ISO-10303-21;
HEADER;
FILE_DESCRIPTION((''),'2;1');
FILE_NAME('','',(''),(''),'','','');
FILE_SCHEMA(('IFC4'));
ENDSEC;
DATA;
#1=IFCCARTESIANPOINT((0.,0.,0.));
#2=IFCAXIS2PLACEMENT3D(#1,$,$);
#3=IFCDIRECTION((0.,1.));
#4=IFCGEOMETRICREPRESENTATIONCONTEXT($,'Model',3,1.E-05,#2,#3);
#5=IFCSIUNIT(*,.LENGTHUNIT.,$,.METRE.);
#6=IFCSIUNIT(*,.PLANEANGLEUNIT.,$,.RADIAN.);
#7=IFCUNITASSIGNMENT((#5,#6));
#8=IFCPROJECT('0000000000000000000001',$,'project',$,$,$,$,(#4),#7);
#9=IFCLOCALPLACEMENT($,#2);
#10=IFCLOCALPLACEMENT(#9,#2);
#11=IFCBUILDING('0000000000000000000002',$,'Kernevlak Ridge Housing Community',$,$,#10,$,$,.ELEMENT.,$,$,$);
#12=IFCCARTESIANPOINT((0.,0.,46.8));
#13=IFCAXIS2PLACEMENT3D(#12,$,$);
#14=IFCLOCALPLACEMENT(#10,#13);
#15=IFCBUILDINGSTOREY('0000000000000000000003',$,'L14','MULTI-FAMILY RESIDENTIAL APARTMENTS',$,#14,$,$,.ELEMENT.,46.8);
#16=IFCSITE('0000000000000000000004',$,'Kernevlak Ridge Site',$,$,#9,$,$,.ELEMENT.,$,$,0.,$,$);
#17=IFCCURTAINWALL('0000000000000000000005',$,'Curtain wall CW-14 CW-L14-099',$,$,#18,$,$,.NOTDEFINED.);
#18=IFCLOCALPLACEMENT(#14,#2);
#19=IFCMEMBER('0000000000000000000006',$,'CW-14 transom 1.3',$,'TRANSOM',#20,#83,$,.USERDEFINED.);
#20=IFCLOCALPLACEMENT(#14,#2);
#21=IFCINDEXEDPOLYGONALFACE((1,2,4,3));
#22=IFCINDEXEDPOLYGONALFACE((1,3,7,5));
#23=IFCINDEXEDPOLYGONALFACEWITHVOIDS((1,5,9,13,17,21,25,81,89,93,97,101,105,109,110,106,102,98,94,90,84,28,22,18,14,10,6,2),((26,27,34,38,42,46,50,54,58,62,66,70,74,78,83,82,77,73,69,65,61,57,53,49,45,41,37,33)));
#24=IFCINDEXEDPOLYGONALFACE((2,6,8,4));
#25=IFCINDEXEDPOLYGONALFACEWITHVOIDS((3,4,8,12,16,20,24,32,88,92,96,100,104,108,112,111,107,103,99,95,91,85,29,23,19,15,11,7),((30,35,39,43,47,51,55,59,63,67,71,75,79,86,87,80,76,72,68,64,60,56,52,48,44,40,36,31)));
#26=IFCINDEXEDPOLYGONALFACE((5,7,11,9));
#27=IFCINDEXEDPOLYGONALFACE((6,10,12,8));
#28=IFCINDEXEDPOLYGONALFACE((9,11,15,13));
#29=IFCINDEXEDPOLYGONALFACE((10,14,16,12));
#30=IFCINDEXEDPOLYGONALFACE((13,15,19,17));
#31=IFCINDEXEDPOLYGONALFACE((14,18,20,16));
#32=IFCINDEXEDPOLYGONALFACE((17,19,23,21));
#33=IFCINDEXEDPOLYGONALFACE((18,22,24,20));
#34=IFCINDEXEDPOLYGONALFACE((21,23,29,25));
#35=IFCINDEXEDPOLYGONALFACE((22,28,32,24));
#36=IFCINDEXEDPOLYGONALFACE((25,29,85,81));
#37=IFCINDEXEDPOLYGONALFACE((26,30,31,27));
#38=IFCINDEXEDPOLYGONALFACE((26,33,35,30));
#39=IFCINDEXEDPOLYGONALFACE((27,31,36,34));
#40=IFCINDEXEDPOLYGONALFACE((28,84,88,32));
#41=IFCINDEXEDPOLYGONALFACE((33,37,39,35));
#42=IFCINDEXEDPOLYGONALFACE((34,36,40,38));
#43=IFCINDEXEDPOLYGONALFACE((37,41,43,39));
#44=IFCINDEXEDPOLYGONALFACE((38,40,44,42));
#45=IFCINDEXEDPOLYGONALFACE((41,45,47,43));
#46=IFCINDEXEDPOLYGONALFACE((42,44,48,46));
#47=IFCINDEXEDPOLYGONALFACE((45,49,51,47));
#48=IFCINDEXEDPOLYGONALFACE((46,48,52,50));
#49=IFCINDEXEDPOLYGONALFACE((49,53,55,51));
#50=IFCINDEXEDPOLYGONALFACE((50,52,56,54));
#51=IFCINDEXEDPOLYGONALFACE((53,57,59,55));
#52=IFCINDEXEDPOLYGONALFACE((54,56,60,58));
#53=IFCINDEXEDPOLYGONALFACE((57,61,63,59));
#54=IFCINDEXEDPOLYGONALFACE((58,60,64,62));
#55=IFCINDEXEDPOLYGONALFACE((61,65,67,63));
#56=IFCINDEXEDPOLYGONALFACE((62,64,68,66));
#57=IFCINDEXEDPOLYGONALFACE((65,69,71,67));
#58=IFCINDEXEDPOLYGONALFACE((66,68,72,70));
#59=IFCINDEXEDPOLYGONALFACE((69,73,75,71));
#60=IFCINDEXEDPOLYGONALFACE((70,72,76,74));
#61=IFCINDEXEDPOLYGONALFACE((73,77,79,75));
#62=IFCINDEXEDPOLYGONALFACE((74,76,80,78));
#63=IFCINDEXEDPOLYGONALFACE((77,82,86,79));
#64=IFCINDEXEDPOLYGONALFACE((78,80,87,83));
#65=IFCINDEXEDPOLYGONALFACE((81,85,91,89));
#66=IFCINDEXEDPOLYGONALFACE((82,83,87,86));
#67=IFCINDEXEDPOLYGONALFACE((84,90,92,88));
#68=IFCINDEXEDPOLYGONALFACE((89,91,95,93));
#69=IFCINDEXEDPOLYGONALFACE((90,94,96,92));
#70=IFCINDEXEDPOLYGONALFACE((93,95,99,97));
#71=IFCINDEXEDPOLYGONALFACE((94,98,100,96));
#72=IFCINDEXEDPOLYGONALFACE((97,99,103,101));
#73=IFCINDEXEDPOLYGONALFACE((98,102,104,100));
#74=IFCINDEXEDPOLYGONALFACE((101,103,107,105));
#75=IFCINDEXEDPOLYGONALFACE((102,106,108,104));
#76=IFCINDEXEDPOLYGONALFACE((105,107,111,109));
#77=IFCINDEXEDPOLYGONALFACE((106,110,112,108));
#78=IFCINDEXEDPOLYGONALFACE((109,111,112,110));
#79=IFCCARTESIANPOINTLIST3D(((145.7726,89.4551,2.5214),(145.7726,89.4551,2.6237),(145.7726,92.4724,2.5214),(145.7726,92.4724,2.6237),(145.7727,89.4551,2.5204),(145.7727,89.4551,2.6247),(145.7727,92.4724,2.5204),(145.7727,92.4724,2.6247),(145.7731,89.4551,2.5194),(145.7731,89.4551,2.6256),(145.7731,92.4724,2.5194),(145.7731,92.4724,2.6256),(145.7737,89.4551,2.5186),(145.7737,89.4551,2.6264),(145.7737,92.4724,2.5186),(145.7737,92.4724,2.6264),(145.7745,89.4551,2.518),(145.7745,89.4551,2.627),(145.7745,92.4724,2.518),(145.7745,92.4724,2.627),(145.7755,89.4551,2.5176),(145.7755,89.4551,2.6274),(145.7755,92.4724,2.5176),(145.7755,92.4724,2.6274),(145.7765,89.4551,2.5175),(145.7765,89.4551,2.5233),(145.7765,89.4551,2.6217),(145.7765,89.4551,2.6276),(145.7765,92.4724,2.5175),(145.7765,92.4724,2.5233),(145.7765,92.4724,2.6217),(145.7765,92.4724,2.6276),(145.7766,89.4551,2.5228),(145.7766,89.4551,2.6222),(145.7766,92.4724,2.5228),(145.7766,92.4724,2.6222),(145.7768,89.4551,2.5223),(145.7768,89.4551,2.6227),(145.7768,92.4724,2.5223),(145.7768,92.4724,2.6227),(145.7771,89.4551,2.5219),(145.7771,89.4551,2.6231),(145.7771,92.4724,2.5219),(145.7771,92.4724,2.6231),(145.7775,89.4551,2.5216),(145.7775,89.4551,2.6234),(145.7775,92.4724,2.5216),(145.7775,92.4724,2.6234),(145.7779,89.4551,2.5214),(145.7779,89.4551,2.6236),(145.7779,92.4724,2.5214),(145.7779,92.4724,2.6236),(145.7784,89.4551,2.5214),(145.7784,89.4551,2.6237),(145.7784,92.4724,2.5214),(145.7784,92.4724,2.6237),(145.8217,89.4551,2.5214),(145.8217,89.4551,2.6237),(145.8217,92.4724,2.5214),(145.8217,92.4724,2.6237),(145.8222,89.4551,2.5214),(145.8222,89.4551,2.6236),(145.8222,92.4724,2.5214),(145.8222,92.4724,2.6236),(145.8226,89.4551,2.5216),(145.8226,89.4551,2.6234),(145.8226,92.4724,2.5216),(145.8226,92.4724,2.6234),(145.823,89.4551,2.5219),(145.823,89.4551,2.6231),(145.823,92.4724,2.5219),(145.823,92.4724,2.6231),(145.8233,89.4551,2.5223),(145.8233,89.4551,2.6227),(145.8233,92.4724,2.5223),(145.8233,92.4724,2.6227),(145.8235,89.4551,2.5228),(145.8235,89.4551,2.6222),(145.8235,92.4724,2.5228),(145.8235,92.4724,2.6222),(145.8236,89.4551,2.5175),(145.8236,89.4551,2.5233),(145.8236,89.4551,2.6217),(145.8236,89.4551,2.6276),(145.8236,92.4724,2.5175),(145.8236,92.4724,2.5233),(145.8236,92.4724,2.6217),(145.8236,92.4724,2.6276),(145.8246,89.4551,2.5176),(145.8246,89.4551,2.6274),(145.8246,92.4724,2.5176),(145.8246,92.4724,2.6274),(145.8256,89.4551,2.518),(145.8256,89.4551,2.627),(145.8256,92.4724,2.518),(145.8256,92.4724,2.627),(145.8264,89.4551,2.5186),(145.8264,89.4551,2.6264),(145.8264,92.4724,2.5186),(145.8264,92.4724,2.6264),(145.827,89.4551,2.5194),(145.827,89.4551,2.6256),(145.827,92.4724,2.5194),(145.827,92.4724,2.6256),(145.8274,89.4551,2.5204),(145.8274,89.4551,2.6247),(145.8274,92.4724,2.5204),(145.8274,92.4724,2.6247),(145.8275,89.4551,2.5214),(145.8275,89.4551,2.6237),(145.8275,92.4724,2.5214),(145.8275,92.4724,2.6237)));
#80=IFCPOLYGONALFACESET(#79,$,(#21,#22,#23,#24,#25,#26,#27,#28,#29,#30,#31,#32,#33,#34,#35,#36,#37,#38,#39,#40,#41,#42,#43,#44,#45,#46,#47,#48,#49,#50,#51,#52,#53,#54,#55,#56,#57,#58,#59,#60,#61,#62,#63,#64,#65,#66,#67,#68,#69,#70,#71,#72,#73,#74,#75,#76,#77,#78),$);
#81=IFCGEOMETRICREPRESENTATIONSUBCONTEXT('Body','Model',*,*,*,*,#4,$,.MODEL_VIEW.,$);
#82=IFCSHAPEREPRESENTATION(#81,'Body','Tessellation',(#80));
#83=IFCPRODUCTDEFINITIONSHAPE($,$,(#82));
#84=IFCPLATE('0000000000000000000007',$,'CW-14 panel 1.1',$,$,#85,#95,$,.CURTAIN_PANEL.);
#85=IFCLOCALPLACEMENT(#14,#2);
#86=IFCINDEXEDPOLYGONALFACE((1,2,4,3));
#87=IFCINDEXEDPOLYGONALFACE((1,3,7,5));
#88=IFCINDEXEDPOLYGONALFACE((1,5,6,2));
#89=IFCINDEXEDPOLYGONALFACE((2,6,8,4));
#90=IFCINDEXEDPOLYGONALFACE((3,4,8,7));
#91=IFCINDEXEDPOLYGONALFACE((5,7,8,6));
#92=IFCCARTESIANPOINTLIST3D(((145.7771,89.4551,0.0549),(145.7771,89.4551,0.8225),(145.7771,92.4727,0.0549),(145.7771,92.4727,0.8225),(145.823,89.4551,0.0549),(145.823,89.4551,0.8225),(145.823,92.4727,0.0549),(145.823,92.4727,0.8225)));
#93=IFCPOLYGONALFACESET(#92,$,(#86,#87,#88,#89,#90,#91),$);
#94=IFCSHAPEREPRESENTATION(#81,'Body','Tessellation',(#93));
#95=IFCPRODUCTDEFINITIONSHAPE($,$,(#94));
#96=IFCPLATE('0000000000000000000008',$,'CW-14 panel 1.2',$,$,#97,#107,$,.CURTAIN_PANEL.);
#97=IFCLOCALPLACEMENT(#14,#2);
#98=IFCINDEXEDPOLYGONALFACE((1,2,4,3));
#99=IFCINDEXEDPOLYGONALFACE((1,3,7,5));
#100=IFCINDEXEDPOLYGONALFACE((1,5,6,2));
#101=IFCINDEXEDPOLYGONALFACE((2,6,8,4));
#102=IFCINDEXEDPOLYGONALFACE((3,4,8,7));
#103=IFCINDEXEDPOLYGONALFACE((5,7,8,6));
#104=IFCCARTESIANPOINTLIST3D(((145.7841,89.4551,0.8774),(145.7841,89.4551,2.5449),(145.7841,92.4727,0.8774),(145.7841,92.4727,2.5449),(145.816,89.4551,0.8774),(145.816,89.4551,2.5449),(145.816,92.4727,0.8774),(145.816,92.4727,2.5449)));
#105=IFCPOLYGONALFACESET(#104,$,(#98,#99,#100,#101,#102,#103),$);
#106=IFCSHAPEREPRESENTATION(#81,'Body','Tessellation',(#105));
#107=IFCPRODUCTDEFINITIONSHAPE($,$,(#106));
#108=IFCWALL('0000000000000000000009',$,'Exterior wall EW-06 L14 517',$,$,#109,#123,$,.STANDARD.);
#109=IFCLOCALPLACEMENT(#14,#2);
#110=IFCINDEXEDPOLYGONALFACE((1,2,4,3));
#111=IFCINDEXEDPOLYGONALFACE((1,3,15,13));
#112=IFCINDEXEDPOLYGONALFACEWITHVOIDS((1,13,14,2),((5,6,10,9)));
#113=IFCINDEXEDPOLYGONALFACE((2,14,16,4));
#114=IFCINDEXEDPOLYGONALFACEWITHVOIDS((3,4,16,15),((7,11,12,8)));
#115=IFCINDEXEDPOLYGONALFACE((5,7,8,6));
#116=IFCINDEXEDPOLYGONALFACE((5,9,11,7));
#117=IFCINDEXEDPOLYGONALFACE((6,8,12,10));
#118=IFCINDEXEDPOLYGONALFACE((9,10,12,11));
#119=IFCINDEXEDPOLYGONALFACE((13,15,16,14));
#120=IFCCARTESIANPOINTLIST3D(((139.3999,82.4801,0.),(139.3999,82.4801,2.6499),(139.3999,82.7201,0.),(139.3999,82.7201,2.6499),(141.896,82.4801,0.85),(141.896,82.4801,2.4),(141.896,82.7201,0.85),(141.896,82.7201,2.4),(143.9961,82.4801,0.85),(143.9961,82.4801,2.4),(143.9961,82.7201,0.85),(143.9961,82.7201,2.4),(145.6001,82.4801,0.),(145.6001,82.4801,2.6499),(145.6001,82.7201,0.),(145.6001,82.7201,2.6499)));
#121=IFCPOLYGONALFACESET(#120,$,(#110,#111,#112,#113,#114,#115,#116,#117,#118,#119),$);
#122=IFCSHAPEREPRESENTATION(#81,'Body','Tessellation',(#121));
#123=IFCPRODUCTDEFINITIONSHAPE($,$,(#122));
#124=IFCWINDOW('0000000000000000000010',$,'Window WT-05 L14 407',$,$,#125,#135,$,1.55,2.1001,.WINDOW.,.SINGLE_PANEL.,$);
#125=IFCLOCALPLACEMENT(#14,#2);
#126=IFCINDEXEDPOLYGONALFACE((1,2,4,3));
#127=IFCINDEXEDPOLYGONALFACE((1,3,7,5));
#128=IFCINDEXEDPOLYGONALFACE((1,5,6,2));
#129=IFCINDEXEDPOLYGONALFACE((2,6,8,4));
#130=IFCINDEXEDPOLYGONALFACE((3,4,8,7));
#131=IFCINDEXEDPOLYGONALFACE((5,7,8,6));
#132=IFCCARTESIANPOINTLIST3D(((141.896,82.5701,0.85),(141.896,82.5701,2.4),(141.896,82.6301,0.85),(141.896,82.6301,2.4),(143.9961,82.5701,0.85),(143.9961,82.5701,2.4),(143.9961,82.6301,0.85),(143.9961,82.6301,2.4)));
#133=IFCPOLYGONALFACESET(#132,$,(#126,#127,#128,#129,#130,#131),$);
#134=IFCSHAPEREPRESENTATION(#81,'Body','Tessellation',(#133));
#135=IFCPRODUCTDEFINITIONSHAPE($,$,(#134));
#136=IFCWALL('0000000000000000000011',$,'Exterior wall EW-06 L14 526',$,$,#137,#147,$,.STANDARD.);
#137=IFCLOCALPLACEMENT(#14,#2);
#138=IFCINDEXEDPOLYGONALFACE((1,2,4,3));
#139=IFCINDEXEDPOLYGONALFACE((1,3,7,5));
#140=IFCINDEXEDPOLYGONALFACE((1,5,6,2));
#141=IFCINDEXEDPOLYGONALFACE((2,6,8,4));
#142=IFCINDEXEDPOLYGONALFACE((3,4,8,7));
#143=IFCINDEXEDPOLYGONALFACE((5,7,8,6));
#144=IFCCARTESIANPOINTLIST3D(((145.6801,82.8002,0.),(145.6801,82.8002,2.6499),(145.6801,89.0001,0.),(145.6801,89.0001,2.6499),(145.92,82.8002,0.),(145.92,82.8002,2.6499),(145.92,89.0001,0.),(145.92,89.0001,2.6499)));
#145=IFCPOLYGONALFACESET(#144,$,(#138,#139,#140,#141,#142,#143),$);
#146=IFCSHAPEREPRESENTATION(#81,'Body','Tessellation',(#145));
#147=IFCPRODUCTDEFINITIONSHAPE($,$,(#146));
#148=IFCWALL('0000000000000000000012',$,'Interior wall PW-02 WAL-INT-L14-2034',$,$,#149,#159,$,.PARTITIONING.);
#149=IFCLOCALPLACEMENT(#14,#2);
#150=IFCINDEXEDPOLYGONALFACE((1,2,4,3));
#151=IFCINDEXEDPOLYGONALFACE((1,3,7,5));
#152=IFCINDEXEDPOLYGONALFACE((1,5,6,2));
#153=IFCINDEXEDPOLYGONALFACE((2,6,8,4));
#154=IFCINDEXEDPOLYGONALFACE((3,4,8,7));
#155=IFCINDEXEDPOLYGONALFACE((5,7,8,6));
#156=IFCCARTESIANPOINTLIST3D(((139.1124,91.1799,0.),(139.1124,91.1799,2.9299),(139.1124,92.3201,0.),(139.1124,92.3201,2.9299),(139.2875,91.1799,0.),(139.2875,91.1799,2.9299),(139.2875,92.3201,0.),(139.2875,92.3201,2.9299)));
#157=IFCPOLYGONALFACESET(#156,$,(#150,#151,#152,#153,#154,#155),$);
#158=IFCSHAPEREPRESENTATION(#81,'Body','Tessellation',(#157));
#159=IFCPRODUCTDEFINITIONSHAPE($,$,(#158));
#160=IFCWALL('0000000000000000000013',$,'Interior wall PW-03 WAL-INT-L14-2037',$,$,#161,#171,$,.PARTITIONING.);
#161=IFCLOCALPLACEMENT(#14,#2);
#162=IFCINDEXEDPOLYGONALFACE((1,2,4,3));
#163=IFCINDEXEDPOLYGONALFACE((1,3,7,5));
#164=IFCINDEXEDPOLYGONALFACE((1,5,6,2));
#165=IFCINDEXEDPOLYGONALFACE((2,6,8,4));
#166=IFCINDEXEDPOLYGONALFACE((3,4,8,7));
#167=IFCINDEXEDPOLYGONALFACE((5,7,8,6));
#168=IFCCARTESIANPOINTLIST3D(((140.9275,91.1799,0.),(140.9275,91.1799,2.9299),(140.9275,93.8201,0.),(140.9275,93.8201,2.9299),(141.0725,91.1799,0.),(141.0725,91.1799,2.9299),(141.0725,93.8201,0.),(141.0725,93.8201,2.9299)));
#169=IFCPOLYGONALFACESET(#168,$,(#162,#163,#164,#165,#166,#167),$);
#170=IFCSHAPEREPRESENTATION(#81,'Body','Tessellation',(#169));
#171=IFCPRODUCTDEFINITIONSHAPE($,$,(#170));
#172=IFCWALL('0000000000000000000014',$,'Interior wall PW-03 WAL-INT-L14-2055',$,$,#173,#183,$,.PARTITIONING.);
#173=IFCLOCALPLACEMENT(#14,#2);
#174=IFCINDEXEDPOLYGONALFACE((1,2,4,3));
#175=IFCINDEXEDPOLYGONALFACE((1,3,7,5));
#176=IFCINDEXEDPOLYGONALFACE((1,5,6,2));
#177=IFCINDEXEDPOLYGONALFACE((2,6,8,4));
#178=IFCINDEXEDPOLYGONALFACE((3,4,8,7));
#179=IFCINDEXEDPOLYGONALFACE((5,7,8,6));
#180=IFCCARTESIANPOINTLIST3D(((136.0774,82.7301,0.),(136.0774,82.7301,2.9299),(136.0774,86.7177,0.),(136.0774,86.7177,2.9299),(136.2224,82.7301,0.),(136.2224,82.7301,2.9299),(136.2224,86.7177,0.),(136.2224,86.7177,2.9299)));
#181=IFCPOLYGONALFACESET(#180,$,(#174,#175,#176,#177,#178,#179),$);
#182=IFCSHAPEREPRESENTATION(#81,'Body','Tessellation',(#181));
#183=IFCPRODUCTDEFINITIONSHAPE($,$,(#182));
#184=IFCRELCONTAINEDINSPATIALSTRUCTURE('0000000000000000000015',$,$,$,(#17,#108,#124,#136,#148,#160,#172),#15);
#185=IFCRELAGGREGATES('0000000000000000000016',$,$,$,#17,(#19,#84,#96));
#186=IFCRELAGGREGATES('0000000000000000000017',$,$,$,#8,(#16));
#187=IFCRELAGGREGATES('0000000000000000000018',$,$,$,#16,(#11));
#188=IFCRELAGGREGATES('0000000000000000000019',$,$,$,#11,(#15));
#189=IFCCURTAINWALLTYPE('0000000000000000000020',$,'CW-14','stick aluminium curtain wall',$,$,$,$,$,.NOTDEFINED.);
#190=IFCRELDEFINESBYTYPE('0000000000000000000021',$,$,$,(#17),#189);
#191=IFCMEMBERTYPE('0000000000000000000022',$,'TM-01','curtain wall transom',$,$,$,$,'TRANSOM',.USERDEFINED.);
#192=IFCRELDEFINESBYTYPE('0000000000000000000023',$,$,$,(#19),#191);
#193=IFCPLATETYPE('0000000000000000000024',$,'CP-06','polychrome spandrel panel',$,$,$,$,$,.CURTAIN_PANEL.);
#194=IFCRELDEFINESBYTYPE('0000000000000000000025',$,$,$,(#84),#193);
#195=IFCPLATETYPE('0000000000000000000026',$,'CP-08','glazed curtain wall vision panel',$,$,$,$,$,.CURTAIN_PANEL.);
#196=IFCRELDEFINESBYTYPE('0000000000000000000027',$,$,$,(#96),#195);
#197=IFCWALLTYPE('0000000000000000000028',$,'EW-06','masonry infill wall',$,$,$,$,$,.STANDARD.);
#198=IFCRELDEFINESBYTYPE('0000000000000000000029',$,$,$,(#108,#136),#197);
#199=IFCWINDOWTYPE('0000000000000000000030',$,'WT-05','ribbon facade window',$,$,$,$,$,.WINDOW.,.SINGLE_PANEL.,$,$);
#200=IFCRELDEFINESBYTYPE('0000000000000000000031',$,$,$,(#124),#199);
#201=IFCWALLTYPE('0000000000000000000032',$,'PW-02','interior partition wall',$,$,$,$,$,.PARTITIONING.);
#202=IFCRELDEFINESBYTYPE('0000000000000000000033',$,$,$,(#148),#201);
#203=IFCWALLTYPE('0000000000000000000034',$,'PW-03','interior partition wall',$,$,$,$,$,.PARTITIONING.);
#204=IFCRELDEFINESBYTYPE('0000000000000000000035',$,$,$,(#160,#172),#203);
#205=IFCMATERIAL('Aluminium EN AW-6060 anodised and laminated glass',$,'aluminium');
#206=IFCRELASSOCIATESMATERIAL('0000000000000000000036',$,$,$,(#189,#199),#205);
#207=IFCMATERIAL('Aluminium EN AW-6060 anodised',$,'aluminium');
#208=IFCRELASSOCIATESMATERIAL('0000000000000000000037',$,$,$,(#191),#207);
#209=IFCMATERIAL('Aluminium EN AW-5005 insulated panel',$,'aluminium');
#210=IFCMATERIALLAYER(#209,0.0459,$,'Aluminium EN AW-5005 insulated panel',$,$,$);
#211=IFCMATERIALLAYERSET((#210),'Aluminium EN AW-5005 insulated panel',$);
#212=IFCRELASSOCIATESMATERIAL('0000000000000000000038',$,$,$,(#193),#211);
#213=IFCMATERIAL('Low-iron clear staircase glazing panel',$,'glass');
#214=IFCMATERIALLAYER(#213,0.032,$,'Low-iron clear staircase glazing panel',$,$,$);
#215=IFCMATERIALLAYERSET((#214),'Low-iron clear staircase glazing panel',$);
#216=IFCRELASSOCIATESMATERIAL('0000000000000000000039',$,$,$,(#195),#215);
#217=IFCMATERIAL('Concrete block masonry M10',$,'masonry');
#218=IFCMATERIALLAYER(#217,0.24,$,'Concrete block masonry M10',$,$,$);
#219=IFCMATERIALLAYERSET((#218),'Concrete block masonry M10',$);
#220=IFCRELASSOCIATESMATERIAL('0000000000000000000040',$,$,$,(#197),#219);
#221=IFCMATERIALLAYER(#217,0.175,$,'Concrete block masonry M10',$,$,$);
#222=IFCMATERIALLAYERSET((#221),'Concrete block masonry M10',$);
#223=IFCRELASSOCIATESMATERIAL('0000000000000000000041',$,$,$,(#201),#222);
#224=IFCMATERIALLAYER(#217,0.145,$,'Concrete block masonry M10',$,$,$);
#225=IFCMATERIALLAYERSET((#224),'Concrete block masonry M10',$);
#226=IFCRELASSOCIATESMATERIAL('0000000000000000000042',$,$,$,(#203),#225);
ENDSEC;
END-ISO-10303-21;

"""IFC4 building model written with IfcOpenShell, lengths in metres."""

from ifc_helpers import new_model, si_unit, direction, frame, frame_2d, origin, origin_2d, place, context, subcontext, project, spatial, rectangle, hollow_rectangle, extrude, material, layer, layer_set, material_profile, profile_set, type_object, element, fill, aggregate, save


model = new_model("IFC4")

# Units and contexts
model_context = context("Model", 3, precision=1e-05, world=origin(), true_north=direction((0.0, 1.0)))
body_context = subcontext(model_context, "Body", "Model", "MODEL_VIEW")
ifc_project = project(units=[si_unit("LENGTHUNIT", "METRE"), si_unit("PLANEANGLEUNIT", "RADIAN")], contexts=[model_context])

# Site, building, storey
site_placement = place(None, origin())
site = spatial("IfcSite", under=ifc_project, at=site_placement, Name="Kernevlak Ridge Site", CompositionType="ELEMENT", RefElevation=0.0)
building_placement = place(site_placement, origin())
building = spatial("IfcBuilding", under=site, at=building_placement, Name="Kernevlak Ridge Housing Community", CompositionType="ELEMENT")
storey_placement = place(building_placement, frame((0.0, 0.0, 46.8)))
storey = spatial("IfcBuildingStorey", under=building, at=storey_placement, Name="L14", Description="MULTI-FAMILY RESIDENTIAL APARTMENTS", CompositionType="ELEMENT", Elevation=46.8)

# Curtain wall
ifc_material_1 = material(Name="Aluminium EN AW-6060 anodised and laminated glass", Category="aluminium")
curtain_wall_type = type_object("IfcCurtainWallType", Name="CW-14", Description="stick aluminium curtain wall", PredefinedType="NOTDEFINED", material=ifc_material_1)
curtain_wall_placement = place(storey_placement, origin())
curtain_wall = element("IfcCurtainWall", 1, at=curtain_wall_placement, inside=storey, type_object=curtain_wall_type, Name="Curtain wall CW-14 CW-L14-099", PredefinedType="NOTDEFINED")
ifc_material_2 = material(Name="Aluminium EN AW-6060 anodised", Category="aluminium")

# Member
ifc_material_profile_1 = material_profile(ifc_material_2, hollow_rectangle(XDim=0.0549, YDim=0.1101, WallThickness=0.0039, InnerFilletRadius=0.002, OuterFilletRadius=0.0039, at=origin_2d()), Name="ALU 55x110x4")
ifc_profile_set_1 = profile_set([ifc_material_profile_1], Name="Aluminium EN AW-6060 anodised")
member_type_1 = type_object("IfcMemberType", Name="TM-01", Description="curtain wall transom", ElementType="TRANSOM", PredefinedType="USERDEFINED", material=ifc_profile_set_1)
member_1_placement = place(storey_placement, frame((145.8, 89.4551, 2.5725), z_axis=(0.0, 1.0, 0.0), x_axis=(-1.0, 0.0, 0.0)))
member_1 = element("IfcMember", 2, at=member_1_placement, type_object=member_type_1, Name="CW-14 transom 1.3", ObjectType="TRANSOM", PredefinedType="USERDEFINED", context=body_context, shape_type="SweptSolid", body=[
    extrude(hollow_rectangle(XDim=0.0549, YDim=0.1101, WallThickness=0.0039, InnerFilletRadius=0.002, OuterFilletRadius=0.0039, at=origin_2d()), origin(), (0.0, 0.0, 1.0), 3.0173),
])

# Plates
ifc_material_3 = material(Name="Aluminium EN AW-5005 insulated panel", Category="aluminium")
ifc_layer_1 = layer(ifc_material_3, 0.0459, Name="Aluminium EN AW-5005 insulated panel")
ifc_layer_set_1 = layer_set([ifc_layer_1], Name="Aluminium EN AW-5005 insulated panel")
plate_type_1 = type_object("IfcPlateType", Name="CP-06", Description="polychrome spandrel panel", PredefinedType="CURTAIN_PANEL", material=ifc_layer_set_1)
plate_1_placement = place(storey_placement, frame((145.8, 90.9639, 0.0549), z_axis=(0.0, 0.0, 1.0), x_axis=(0.0, 1.0, 0.0)))
plate_1 = element("IfcPlate", 3, at=plate_1_placement, type_object=plate_type_1, Name="CW-14 panel 1.1", PredefinedType="CURTAIN_PANEL", context=body_context, shape_type="SweptSolid", body=[
    extrude(rectangle(XDim=3.0176, YDim=0.0459, at=origin_2d()), origin(), (0.0, 0.0, 1.0), 0.7676),
])
ifc_material_4 = material(Name="Low-iron clear staircase glazing panel", Category="glass")
ifc_layer_2 = layer(ifc_material_4, 0.032, Name="Low-iron clear staircase glazing panel")
ifc_layer_set_2 = layer_set([ifc_layer_2], Name="Low-iron clear staircase glazing panel")
plate_type_2 = type_object("IfcPlateType", Name="CP-08", Description="glazed curtain wall vision panel", PredefinedType="CURTAIN_PANEL", material=ifc_layer_set_2)
plate_2_placement = place(storey_placement, frame((145.8, 90.9639, 0.8774), z_axis=(0.0, 0.0, 1.0), x_axis=(0.0, 1.0, 0.0)))
plate_2 = element("IfcPlate", 4, at=plate_2_placement, type_object=plate_type_2, Name="CW-14 panel 1.2", PredefinedType="CURTAIN_PANEL", context=body_context, shape_type="SweptSolid", body=[
    extrude(rectangle(XDim=3.0176, YDim=0.032, at=origin_2d()), origin(), (0.0, 0.0, 1.0), 1.6675),
])
aggregate(curtain_wall, [member_1, plate_1, plate_2])

# Wall, opening, window
ifc_material_5 = material(Name="Concrete block masonry M10", Category="masonry")
ifc_layer_3 = layer(ifc_material_5, 0.24, Name="Concrete block masonry M10")
ifc_layer_set_3 = layer_set([ifc_layer_3], Name="Concrete block masonry M10")
wall_type_1 = type_object("IfcWallType", Name="EW-06", Description="masonry infill wall", PredefinedType="STANDARD", material=ifc_layer_set_3)
wall_1_placement = place(storey_placement, frame((139.3999, 82.6001, 0.0), z_axis=(0.0, 0.0, 1.0), x_axis=(1.0, 0.0, 0.0)))
wall_1 = element("IfcWall", 5, at=wall_1_placement, inside=storey, type_object=wall_type_1, Name="Exterior wall EW-06 L14 517", PredefinedType="STANDARD", context=body_context, shape_type="SweptSolid", body=[
    extrude(rectangle(XDim=6.2002, YDim=0.24, at=frame_2d((3.1001, 0.0))), origin(), (0.0, 0.0, 1.0), 2.6499),
])
opening_1_placement = place(wall_1_placement, frame((2.4961, 0.0, 0.8501)))
opening_1 = element("IfcOpeningElement", 6, at=opening_1_placement, cuts=wall_1, PredefinedType="OPENING", context=body_context, shape_type="SweptSolid", body=[
    extrude(rectangle(XDim=2.1001, YDim=1.55, at=frame_2d((1.05, 0.7749))), frame((0.0, 0.1299, 0.0), z_axis=(0.0, -1.0, 0.0), x_axis=(1.0, 0.0, 0.0)), (0.0, 0.0, 1.0), 0.26),
])
window_type = type_object("IfcWindowType", Name="WT-05", Description="ribbon facade window", PartitioningType="SINGLE_PANEL", PredefinedType="WINDOW", material=ifc_material_1)
window_placement = place(opening_1_placement, origin())
window = element("IfcWindow", 7, at=window_placement, inside=storey, type_object=window_type, Name="Window WT-05 L14 407", OverallHeight=1.55, OverallWidth=2.1001, PartitioningType="SINGLE_PANEL", PredefinedType="WINDOW", context=body_context, shape_type="SweptSolid", body=[
    extrude(rectangle(XDim=2.1001, YDim=1.55, at=frame_2d((1.05, 0.7749))), frame((0.0, 0.03, 0.0), z_axis=(0.0, -1.0, 0.0), x_axis=(1.0, 0.0, 0.0)), (0.0, 0.0, 1.0), 0.0601),
])
fill(opening_1, window)

# Walls
wall_2_placement = place(storey_placement, frame((145.8, 82.8, 0.0), z_axis=(0.0, 0.0, 1.0), x_axis=(0.0, 1.0, 0.0)))
element("IfcWall", 8, at=wall_2_placement, inside=storey, type_object=wall_type_1, Name="Exterior wall EW-06 L14 526", PredefinedType="STANDARD", context=body_context, shape_type="SweptSolid", body=[
    extrude(rectangle(XDim=6.2, YDim=0.24, at=frame_2d((3.1001, 0.0))), origin(), (0.0, 0.0, 1.0), 2.6499),
])
ifc_layer_4 = layer(ifc_material_5, 0.175, Name="Concrete block masonry M10")
ifc_layer_set_4 = layer_set([ifc_layer_4], Name="Concrete block masonry M10")
wall_type_2 = type_object("IfcWallType", Name="PW-02", Description="interior partition wall", PredefinedType="PARTITIONING", material=ifc_layer_set_4)
wall_3_placement = place(storey_placement, frame((139.2, 91.1799, 0.0), z_axis=(0.0, 0.0, 1.0), x_axis=(0.0, 1.0, 0.0)))
element("IfcWall", 9, at=wall_3_placement, inside=storey, type_object=wall_type_2, Name="Interior wall PW-02 WAL-INT-L14-2034", PredefinedType="PARTITIONING", context=body_context, shape_type="SweptSolid", body=[
    extrude(rectangle(XDim=1.1401, YDim=0.175, at=frame_2d((0.5701, 0.0))), origin(), (0.0, 0.0, 1.0), 2.9299),
])

# Shared definitions
ifc_layer_5 = layer(ifc_material_5, 0.145, Name="Concrete block masonry M10")
ifc_layer_set_5 = layer_set([ifc_layer_5], Name="Concrete block masonry M10")
wall_type_3 = type_object("IfcWallType", Name="PW-03", Description="interior partition wall", PredefinedType="PARTITIONING", material=ifc_layer_set_5)

# Walls
wall_4_placement = place(storey_placement, frame((141.0, 91.1799, 0.0), z_axis=(0.0, 0.0, 1.0), x_axis=(0.0, 1.0, 0.0)))
element("IfcWall", 10, at=wall_4_placement, inside=storey, type_object=wall_type_3, Name="Interior wall PW-03 WAL-INT-L14-2037", PredefinedType="PARTITIONING", context=body_context, shape_type="SweptSolid", body=[
    extrude(rectangle(XDim=2.6401, YDim=0.145, at=frame_2d((1.3201, 0.0))), origin(), (0.0, 0.0, 1.0), 2.9299),
])
wall_5_placement = place(storey_placement, frame((136.1499, 86.7175, 0.0), z_axis=(0.0, 0.0, 1.0), x_axis=(0.0, -1.0, 0.0)))
element("IfcWall", 11, at=wall_5_placement, inside=storey, type_object=wall_type_3, Name="Interior wall PW-03 WAL-INT-L14-2055", PredefinedType="PARTITIONING", context=body_context, shape_type="SweptSolid", body=[
    extrude(rectangle(XDim=3.9875, YDim=0.145, at=frame_2d((1.9937, 0.0))), origin(), (0.0, 0.0, 1.0), 2.9299),
])

save(model, "model.ifc")
